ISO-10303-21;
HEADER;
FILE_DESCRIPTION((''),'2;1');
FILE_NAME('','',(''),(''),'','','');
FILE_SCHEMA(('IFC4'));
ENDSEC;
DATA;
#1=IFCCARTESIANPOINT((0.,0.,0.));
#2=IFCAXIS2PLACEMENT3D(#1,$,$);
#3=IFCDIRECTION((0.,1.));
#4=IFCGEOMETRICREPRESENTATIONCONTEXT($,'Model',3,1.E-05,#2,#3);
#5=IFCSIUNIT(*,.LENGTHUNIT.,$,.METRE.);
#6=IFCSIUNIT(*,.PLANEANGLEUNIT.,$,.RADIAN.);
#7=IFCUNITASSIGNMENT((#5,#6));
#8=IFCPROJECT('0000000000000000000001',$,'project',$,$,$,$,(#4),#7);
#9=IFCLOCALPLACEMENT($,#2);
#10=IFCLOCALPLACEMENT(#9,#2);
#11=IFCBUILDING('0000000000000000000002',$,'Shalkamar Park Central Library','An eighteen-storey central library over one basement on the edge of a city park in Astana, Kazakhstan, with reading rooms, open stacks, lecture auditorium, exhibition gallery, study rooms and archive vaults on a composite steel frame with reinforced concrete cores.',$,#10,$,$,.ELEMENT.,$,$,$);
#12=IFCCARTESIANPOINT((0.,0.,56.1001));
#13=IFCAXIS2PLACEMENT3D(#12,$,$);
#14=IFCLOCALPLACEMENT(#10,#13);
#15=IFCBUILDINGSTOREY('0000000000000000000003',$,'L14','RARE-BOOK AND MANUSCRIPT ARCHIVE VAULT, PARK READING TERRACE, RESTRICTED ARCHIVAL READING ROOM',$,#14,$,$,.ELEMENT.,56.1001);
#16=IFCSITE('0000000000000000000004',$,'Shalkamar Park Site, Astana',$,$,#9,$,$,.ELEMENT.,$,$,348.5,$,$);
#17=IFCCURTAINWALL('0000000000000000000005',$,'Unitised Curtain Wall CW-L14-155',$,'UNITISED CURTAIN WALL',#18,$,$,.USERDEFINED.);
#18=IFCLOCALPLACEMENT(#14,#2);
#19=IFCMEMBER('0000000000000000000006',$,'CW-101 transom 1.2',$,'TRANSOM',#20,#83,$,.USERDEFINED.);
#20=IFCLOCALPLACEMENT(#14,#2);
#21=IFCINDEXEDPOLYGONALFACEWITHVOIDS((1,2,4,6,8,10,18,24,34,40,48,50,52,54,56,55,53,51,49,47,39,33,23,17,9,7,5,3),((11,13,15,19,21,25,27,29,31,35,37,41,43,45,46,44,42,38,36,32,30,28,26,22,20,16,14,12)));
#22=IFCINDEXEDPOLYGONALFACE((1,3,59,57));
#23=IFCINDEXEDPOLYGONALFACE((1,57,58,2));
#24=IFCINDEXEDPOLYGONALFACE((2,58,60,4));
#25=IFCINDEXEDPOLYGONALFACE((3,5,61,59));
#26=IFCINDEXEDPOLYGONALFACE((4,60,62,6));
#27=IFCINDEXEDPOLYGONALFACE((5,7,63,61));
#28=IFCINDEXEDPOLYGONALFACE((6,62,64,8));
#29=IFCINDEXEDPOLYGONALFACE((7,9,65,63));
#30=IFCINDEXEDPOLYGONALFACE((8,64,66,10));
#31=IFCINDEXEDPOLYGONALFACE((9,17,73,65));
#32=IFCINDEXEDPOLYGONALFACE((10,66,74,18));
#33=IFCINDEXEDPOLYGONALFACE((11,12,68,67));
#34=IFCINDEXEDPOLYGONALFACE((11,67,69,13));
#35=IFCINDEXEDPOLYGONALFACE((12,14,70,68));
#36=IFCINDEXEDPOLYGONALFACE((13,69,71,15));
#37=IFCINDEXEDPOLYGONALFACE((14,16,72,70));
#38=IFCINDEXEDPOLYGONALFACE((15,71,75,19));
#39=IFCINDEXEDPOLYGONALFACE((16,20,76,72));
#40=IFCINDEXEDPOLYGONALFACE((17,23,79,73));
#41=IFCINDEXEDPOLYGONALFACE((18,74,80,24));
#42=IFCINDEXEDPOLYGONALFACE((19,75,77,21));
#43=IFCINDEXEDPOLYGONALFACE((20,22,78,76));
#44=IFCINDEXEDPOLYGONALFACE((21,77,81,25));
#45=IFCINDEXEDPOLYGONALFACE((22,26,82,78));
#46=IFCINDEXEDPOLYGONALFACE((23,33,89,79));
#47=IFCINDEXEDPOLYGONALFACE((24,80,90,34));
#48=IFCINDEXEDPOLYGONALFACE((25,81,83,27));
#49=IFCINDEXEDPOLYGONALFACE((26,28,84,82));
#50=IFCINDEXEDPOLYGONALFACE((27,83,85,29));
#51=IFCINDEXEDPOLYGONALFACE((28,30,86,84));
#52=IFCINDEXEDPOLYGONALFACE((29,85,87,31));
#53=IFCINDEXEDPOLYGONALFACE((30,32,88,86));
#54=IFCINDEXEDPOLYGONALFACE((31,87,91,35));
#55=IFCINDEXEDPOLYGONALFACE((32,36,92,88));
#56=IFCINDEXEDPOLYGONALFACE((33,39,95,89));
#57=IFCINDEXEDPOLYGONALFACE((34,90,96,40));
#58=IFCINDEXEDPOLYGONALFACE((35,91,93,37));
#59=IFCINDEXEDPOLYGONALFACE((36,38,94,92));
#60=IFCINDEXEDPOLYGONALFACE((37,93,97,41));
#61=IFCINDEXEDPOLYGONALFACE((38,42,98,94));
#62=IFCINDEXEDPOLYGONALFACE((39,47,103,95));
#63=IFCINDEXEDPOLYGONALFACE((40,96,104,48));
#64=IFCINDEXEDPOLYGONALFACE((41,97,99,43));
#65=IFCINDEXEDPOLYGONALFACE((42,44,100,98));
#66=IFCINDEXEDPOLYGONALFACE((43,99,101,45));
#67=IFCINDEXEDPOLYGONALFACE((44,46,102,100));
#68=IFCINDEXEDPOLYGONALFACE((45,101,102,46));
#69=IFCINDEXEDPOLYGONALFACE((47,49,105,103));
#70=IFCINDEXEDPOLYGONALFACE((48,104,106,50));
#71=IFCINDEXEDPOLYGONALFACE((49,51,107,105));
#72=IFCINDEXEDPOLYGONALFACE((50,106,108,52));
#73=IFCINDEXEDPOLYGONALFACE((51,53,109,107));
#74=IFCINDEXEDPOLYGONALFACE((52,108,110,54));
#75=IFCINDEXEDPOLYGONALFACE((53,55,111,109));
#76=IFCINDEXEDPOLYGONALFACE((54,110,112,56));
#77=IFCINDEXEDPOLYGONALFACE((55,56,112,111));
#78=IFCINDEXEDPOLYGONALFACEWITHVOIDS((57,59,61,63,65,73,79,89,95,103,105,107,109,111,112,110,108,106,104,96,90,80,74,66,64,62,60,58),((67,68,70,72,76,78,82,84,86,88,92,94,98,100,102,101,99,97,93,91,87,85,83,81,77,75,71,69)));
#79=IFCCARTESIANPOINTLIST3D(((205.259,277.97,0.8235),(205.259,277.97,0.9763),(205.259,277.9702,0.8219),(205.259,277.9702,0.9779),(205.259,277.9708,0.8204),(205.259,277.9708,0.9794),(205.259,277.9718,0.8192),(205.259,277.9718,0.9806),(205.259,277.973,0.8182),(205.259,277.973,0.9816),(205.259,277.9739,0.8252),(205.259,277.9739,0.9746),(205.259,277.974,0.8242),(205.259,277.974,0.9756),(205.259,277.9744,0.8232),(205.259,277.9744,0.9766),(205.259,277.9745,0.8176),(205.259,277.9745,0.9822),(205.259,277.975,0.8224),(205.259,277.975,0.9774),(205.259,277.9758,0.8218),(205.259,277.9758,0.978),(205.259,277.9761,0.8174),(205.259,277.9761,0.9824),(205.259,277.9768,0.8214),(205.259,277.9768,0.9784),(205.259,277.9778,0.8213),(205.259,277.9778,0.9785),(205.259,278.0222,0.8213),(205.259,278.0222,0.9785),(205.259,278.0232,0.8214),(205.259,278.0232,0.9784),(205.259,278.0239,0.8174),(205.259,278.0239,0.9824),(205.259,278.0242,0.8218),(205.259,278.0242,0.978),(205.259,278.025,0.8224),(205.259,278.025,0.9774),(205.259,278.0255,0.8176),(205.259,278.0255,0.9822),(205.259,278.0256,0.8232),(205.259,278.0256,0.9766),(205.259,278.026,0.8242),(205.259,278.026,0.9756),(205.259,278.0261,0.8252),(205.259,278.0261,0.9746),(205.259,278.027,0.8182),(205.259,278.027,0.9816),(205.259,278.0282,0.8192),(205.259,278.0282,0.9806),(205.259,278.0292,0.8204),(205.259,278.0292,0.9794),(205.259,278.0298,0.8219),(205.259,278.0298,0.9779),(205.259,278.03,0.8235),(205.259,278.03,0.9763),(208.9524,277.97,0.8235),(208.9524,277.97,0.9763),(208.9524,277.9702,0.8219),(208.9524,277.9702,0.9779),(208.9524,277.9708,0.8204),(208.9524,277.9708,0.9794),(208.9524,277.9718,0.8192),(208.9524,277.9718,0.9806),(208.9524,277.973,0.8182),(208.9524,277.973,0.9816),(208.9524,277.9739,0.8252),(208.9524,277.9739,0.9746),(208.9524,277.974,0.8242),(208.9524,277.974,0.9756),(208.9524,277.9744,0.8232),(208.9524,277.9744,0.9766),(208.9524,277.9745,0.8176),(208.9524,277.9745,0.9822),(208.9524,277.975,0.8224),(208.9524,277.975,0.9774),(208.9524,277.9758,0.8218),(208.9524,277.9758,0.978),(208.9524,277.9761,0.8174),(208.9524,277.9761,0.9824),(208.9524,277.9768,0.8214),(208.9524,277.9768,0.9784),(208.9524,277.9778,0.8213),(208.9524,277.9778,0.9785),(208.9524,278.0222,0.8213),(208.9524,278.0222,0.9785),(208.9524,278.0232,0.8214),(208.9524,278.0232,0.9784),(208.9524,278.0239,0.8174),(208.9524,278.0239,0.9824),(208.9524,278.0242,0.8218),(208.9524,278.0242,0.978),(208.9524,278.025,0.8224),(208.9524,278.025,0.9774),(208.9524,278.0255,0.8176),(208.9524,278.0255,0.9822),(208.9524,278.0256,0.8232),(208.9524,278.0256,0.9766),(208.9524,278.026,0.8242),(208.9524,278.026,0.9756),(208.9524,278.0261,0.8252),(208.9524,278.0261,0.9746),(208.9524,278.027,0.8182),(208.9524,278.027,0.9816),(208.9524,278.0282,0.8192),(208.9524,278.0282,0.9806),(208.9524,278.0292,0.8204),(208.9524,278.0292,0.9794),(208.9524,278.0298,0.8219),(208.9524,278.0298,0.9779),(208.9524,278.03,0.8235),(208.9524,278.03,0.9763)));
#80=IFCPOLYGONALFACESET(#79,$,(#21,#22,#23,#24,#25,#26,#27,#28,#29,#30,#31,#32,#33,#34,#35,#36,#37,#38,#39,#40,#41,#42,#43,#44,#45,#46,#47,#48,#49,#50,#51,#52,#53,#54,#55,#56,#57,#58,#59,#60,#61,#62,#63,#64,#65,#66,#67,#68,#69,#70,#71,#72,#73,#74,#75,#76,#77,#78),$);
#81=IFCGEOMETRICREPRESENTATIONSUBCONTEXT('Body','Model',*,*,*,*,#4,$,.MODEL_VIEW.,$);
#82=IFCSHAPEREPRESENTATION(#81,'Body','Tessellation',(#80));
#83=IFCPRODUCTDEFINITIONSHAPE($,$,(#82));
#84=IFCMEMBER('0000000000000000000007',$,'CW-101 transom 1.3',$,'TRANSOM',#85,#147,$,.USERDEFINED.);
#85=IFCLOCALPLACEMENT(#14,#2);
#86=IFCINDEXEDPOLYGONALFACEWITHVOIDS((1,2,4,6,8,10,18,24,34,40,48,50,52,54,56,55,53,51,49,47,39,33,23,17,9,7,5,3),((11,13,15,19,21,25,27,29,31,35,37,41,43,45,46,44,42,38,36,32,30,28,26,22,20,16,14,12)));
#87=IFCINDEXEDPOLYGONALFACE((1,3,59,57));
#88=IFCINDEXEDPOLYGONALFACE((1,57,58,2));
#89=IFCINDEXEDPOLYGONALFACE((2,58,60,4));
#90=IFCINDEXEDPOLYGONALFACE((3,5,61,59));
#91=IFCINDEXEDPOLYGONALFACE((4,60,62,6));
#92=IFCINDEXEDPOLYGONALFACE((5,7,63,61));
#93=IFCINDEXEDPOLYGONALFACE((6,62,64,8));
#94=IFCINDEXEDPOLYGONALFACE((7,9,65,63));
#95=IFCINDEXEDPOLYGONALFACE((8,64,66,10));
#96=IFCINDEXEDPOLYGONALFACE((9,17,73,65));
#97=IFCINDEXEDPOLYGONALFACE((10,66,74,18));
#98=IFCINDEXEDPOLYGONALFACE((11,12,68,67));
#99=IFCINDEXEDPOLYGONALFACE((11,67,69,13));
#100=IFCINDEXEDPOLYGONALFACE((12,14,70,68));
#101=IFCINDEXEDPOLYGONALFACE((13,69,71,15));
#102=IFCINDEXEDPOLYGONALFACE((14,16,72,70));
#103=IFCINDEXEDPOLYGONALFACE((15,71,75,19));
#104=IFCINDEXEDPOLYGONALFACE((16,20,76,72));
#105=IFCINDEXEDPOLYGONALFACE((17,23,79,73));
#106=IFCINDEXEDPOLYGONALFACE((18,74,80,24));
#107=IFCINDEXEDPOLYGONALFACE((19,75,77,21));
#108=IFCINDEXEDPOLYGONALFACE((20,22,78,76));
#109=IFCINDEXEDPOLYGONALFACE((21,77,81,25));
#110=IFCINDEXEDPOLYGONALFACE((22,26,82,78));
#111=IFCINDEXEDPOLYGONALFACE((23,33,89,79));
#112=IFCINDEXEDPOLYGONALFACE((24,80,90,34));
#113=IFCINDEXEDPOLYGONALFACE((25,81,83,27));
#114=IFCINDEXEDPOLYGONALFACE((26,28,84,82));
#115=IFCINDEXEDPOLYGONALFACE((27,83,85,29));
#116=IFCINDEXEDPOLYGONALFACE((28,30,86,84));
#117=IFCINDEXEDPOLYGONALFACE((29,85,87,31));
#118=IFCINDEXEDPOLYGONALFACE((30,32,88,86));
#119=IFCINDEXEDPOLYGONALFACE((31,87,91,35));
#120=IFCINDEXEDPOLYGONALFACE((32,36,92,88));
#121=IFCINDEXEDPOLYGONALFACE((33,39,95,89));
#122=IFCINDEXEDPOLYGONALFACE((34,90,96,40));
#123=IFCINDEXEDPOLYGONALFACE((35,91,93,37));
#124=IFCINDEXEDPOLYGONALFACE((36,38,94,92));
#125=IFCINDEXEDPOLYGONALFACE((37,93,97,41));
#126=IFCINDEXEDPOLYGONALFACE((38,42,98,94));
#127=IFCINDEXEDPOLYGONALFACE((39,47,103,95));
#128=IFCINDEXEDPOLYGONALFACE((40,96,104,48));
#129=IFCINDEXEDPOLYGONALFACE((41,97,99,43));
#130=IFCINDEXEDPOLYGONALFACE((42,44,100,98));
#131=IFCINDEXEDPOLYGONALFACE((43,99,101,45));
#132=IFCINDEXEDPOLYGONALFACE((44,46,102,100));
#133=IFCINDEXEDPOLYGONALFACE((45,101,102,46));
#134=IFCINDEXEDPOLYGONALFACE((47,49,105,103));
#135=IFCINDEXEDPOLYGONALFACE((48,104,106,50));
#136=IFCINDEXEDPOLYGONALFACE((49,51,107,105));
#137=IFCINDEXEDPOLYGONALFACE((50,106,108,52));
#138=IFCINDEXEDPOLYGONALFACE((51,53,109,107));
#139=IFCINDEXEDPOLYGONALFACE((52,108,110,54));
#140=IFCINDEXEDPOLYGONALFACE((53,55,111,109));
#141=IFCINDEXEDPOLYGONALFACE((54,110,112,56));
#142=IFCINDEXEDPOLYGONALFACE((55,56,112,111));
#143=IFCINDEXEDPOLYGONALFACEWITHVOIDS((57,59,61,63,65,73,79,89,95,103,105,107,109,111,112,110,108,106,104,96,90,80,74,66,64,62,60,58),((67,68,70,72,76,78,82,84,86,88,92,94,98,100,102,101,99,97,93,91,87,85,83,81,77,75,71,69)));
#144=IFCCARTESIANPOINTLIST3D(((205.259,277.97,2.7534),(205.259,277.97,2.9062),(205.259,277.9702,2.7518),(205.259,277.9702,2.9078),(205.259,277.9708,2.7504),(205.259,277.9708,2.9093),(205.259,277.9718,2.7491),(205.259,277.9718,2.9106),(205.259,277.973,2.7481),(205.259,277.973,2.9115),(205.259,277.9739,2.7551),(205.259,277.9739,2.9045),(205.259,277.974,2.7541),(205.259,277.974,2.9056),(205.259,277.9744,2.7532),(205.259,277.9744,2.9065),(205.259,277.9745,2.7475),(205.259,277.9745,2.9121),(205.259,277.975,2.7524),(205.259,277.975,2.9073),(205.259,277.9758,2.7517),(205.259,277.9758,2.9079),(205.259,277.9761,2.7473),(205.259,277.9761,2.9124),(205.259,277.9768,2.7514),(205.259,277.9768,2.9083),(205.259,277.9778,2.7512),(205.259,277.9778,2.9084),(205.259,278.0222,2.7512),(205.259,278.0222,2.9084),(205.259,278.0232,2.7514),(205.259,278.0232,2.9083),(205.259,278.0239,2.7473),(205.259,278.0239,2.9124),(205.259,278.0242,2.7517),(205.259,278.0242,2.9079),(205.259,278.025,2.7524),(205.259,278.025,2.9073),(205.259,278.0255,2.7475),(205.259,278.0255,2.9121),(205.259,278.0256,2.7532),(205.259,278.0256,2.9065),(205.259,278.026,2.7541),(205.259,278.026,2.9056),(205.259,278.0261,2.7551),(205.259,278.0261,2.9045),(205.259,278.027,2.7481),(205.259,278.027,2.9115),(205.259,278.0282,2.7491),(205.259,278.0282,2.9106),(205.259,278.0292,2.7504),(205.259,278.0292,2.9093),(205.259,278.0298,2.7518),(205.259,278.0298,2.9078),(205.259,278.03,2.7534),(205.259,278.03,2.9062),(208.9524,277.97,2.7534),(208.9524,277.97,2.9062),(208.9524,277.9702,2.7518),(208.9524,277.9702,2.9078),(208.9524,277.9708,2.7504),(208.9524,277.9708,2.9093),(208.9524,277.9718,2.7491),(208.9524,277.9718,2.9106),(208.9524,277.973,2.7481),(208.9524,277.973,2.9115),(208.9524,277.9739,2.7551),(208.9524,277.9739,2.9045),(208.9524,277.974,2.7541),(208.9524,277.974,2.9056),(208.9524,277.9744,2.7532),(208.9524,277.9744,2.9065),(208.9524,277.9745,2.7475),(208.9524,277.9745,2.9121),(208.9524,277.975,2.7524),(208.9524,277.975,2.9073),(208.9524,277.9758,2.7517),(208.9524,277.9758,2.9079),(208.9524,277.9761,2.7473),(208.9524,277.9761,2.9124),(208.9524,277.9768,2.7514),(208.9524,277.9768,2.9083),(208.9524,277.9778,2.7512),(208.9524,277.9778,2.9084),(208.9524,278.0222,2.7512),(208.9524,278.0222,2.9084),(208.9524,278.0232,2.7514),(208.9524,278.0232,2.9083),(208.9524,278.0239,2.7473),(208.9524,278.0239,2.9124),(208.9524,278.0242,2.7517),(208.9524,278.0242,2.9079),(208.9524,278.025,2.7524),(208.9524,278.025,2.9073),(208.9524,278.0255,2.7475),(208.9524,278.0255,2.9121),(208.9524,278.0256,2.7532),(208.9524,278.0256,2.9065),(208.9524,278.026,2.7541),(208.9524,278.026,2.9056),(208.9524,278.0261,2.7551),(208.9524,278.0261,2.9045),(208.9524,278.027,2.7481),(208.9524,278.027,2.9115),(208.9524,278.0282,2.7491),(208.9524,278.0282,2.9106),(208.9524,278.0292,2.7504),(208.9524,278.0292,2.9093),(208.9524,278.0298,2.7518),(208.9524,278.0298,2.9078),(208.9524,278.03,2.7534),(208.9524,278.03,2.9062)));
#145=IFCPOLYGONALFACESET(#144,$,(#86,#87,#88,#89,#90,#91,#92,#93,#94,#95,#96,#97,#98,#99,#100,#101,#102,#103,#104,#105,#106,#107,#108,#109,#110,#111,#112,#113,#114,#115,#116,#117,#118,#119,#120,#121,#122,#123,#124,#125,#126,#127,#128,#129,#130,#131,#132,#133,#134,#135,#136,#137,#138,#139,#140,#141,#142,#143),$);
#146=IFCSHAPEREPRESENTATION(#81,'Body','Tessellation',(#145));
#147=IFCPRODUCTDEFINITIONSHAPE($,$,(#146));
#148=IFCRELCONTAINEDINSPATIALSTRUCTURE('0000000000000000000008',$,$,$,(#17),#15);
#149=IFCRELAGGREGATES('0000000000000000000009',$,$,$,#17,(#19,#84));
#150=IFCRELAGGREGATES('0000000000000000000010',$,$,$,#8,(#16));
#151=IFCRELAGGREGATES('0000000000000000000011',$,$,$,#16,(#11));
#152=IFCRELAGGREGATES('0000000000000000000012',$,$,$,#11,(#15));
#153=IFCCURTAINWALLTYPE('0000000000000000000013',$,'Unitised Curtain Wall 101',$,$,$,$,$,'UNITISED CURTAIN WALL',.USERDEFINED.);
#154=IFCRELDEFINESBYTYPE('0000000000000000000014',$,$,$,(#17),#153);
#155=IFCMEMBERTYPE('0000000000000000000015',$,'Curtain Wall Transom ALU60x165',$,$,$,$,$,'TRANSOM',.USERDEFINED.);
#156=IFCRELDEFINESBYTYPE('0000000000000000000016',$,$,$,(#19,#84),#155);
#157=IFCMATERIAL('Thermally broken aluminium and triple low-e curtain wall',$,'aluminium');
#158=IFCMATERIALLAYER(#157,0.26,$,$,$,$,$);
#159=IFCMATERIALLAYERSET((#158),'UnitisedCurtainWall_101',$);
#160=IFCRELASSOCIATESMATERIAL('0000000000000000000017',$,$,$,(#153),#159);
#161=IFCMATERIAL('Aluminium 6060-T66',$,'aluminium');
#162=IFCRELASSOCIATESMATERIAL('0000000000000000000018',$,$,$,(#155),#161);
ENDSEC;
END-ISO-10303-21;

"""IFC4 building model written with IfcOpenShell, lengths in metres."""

from ifc_helpers import new_model, si_unit, direction, frame, origin, origin_2d, place, context, subcontext, project, spatial, hollow_rectangle, extrude, material, layer, layer_set, material_profile, profile_set, type_object, element, aggregate, save


model = new_model("IFC4")

# Units and contexts
model_context = context("Model", 3, precision=1e-05, world=origin(), true_north=direction((0.0, 1.0)))
body_context = subcontext(model_context, "Body", "Model", "MODEL_VIEW")
ifc_project = project(units=[si_unit("LENGTHUNIT", "METRE"), si_unit("PLANEANGLEUNIT", "RADIAN")], contexts=[model_context])

# Site, building, storey
site_placement = place(None, origin())
site = spatial("IfcSite", under=ifc_project, at=site_placement, Name="Shalkamar Park Site, Astana", CompositionType="ELEMENT", RefElevation=348.5)
building_placement = place(site_placement, origin())
building = spatial("IfcBuilding", under=site, at=building_placement, Name="Shalkamar Park Central Library", Description="An eighteen-storey central library over one basement on the edge of a city park in Astana, Kazakhstan, with reading rooms, open stacks, lecture auditorium, exhibition gallery, study rooms and archive vaults on a composite steel frame with reinforced concrete cores.", CompositionType="ELEMENT")
storey_placement = place(building_placement, frame((0.0, 0.0, 56.1001)))
storey = spatial("IfcBuildingStorey", under=building, at=storey_placement, Name="L14", Description="RARE-BOOK AND MANUSCRIPT ARCHIVE VAULT, PARK READING TERRACE, RESTRICTED ARCHIVAL READING ROOM", CompositionType="ELEMENT", Elevation=56.1001)

# Curtain wall, members
ifc_material_1 = material(Name="Thermally broken aluminium and triple low-e curtain wall", Category="aluminium")
ifc_layer_1 = layer(ifc_material_1, 0.26)
ifc_layer_set_1 = layer_set([ifc_layer_1], Name="UnitisedCurtainWall_101")
curtain_wall_type = type_object("IfcCurtainWallType", Name="Unitised Curtain Wall 101", ElementType="UNITISED CURTAIN WALL", PredefinedType="USERDEFINED", material=ifc_layer_set_1)
curtain_wall_placement = place(storey_placement, origin())
curtain_wall = element("IfcCurtainWall", 1, at=curtain_wall_placement, inside=storey, type_object=curtain_wall_type, Name="Unitised Curtain Wall CW-L14-155", ObjectType="UNITISED CURTAIN WALL", PredefinedType="USERDEFINED")
ifc_material_2 = material(Name="Aluminium 6060-T66", Category="aluminium")
ifc_material_profile_1 = material_profile(ifc_material_2, hollow_rectangle(XDim=0.0601, YDim=0.165, WallThickness=0.0039, InnerFilletRadius=0.0039, OuterFilletRadius=0.0061, at=origin_2d()), Name="ALU 60x165x4")
ifc_profile_set_1 = profile_set([ifc_material_profile_1], Name="Aluminium 6060-T66")
member_type_1 = type_object("IfcMemberType", Name="Curtain Wall Transom ALU60x165", ElementType="TRANSOM", PredefinedType="USERDEFINED", material=ifc_profile_set_1)
member_1_placement = place(storey_placement, frame((205.259, 278.0, 0.8999), z_axis=(1.0, 0.0, 0.0), x_axis=(0.0, 1.0, 0.0)))
member_1 = element("IfcMember", 2, at=member_1_placement, type_object=member_type_1, Name="CW-101 transom 1.2", ObjectType="TRANSOM", PredefinedType="USERDEFINED", context=body_context, shape_type="SweptSolid", body=[
    extrude(hollow_rectangle(XDim=0.0601, YDim=0.165, WallThickness=0.0039, InnerFilletRadius=0.0039, OuterFilletRadius=0.0061, at=origin_2d()), origin(), (0.0, 0.0, 1.0), 3.6934),
])
member_2_placement = place(storey_placement, frame((205.259, 278.0, 2.8298), z_axis=(1.0, 0.0, 0.0), x_axis=(0.0, 1.0, 0.0)))
member_2 = element("IfcMember", 3, at=member_2_placement, type_object=member_type_1, Name="CW-101 transom 1.3", ObjectType="TRANSOM", PredefinedType="USERDEFINED", context=body_context, shape_type="SweptSolid", body=[
    extrude(hollow_rectangle(XDim=0.0601, YDim=0.165, WallThickness=0.0039, InnerFilletRadius=0.0039, OuterFilletRadius=0.0061, at=origin_2d()), origin(), (0.0, 0.0, 1.0), 3.6934),
])

aggregate(curtain_wall, [member_1, member_2])

save(model, "model.ifc")
